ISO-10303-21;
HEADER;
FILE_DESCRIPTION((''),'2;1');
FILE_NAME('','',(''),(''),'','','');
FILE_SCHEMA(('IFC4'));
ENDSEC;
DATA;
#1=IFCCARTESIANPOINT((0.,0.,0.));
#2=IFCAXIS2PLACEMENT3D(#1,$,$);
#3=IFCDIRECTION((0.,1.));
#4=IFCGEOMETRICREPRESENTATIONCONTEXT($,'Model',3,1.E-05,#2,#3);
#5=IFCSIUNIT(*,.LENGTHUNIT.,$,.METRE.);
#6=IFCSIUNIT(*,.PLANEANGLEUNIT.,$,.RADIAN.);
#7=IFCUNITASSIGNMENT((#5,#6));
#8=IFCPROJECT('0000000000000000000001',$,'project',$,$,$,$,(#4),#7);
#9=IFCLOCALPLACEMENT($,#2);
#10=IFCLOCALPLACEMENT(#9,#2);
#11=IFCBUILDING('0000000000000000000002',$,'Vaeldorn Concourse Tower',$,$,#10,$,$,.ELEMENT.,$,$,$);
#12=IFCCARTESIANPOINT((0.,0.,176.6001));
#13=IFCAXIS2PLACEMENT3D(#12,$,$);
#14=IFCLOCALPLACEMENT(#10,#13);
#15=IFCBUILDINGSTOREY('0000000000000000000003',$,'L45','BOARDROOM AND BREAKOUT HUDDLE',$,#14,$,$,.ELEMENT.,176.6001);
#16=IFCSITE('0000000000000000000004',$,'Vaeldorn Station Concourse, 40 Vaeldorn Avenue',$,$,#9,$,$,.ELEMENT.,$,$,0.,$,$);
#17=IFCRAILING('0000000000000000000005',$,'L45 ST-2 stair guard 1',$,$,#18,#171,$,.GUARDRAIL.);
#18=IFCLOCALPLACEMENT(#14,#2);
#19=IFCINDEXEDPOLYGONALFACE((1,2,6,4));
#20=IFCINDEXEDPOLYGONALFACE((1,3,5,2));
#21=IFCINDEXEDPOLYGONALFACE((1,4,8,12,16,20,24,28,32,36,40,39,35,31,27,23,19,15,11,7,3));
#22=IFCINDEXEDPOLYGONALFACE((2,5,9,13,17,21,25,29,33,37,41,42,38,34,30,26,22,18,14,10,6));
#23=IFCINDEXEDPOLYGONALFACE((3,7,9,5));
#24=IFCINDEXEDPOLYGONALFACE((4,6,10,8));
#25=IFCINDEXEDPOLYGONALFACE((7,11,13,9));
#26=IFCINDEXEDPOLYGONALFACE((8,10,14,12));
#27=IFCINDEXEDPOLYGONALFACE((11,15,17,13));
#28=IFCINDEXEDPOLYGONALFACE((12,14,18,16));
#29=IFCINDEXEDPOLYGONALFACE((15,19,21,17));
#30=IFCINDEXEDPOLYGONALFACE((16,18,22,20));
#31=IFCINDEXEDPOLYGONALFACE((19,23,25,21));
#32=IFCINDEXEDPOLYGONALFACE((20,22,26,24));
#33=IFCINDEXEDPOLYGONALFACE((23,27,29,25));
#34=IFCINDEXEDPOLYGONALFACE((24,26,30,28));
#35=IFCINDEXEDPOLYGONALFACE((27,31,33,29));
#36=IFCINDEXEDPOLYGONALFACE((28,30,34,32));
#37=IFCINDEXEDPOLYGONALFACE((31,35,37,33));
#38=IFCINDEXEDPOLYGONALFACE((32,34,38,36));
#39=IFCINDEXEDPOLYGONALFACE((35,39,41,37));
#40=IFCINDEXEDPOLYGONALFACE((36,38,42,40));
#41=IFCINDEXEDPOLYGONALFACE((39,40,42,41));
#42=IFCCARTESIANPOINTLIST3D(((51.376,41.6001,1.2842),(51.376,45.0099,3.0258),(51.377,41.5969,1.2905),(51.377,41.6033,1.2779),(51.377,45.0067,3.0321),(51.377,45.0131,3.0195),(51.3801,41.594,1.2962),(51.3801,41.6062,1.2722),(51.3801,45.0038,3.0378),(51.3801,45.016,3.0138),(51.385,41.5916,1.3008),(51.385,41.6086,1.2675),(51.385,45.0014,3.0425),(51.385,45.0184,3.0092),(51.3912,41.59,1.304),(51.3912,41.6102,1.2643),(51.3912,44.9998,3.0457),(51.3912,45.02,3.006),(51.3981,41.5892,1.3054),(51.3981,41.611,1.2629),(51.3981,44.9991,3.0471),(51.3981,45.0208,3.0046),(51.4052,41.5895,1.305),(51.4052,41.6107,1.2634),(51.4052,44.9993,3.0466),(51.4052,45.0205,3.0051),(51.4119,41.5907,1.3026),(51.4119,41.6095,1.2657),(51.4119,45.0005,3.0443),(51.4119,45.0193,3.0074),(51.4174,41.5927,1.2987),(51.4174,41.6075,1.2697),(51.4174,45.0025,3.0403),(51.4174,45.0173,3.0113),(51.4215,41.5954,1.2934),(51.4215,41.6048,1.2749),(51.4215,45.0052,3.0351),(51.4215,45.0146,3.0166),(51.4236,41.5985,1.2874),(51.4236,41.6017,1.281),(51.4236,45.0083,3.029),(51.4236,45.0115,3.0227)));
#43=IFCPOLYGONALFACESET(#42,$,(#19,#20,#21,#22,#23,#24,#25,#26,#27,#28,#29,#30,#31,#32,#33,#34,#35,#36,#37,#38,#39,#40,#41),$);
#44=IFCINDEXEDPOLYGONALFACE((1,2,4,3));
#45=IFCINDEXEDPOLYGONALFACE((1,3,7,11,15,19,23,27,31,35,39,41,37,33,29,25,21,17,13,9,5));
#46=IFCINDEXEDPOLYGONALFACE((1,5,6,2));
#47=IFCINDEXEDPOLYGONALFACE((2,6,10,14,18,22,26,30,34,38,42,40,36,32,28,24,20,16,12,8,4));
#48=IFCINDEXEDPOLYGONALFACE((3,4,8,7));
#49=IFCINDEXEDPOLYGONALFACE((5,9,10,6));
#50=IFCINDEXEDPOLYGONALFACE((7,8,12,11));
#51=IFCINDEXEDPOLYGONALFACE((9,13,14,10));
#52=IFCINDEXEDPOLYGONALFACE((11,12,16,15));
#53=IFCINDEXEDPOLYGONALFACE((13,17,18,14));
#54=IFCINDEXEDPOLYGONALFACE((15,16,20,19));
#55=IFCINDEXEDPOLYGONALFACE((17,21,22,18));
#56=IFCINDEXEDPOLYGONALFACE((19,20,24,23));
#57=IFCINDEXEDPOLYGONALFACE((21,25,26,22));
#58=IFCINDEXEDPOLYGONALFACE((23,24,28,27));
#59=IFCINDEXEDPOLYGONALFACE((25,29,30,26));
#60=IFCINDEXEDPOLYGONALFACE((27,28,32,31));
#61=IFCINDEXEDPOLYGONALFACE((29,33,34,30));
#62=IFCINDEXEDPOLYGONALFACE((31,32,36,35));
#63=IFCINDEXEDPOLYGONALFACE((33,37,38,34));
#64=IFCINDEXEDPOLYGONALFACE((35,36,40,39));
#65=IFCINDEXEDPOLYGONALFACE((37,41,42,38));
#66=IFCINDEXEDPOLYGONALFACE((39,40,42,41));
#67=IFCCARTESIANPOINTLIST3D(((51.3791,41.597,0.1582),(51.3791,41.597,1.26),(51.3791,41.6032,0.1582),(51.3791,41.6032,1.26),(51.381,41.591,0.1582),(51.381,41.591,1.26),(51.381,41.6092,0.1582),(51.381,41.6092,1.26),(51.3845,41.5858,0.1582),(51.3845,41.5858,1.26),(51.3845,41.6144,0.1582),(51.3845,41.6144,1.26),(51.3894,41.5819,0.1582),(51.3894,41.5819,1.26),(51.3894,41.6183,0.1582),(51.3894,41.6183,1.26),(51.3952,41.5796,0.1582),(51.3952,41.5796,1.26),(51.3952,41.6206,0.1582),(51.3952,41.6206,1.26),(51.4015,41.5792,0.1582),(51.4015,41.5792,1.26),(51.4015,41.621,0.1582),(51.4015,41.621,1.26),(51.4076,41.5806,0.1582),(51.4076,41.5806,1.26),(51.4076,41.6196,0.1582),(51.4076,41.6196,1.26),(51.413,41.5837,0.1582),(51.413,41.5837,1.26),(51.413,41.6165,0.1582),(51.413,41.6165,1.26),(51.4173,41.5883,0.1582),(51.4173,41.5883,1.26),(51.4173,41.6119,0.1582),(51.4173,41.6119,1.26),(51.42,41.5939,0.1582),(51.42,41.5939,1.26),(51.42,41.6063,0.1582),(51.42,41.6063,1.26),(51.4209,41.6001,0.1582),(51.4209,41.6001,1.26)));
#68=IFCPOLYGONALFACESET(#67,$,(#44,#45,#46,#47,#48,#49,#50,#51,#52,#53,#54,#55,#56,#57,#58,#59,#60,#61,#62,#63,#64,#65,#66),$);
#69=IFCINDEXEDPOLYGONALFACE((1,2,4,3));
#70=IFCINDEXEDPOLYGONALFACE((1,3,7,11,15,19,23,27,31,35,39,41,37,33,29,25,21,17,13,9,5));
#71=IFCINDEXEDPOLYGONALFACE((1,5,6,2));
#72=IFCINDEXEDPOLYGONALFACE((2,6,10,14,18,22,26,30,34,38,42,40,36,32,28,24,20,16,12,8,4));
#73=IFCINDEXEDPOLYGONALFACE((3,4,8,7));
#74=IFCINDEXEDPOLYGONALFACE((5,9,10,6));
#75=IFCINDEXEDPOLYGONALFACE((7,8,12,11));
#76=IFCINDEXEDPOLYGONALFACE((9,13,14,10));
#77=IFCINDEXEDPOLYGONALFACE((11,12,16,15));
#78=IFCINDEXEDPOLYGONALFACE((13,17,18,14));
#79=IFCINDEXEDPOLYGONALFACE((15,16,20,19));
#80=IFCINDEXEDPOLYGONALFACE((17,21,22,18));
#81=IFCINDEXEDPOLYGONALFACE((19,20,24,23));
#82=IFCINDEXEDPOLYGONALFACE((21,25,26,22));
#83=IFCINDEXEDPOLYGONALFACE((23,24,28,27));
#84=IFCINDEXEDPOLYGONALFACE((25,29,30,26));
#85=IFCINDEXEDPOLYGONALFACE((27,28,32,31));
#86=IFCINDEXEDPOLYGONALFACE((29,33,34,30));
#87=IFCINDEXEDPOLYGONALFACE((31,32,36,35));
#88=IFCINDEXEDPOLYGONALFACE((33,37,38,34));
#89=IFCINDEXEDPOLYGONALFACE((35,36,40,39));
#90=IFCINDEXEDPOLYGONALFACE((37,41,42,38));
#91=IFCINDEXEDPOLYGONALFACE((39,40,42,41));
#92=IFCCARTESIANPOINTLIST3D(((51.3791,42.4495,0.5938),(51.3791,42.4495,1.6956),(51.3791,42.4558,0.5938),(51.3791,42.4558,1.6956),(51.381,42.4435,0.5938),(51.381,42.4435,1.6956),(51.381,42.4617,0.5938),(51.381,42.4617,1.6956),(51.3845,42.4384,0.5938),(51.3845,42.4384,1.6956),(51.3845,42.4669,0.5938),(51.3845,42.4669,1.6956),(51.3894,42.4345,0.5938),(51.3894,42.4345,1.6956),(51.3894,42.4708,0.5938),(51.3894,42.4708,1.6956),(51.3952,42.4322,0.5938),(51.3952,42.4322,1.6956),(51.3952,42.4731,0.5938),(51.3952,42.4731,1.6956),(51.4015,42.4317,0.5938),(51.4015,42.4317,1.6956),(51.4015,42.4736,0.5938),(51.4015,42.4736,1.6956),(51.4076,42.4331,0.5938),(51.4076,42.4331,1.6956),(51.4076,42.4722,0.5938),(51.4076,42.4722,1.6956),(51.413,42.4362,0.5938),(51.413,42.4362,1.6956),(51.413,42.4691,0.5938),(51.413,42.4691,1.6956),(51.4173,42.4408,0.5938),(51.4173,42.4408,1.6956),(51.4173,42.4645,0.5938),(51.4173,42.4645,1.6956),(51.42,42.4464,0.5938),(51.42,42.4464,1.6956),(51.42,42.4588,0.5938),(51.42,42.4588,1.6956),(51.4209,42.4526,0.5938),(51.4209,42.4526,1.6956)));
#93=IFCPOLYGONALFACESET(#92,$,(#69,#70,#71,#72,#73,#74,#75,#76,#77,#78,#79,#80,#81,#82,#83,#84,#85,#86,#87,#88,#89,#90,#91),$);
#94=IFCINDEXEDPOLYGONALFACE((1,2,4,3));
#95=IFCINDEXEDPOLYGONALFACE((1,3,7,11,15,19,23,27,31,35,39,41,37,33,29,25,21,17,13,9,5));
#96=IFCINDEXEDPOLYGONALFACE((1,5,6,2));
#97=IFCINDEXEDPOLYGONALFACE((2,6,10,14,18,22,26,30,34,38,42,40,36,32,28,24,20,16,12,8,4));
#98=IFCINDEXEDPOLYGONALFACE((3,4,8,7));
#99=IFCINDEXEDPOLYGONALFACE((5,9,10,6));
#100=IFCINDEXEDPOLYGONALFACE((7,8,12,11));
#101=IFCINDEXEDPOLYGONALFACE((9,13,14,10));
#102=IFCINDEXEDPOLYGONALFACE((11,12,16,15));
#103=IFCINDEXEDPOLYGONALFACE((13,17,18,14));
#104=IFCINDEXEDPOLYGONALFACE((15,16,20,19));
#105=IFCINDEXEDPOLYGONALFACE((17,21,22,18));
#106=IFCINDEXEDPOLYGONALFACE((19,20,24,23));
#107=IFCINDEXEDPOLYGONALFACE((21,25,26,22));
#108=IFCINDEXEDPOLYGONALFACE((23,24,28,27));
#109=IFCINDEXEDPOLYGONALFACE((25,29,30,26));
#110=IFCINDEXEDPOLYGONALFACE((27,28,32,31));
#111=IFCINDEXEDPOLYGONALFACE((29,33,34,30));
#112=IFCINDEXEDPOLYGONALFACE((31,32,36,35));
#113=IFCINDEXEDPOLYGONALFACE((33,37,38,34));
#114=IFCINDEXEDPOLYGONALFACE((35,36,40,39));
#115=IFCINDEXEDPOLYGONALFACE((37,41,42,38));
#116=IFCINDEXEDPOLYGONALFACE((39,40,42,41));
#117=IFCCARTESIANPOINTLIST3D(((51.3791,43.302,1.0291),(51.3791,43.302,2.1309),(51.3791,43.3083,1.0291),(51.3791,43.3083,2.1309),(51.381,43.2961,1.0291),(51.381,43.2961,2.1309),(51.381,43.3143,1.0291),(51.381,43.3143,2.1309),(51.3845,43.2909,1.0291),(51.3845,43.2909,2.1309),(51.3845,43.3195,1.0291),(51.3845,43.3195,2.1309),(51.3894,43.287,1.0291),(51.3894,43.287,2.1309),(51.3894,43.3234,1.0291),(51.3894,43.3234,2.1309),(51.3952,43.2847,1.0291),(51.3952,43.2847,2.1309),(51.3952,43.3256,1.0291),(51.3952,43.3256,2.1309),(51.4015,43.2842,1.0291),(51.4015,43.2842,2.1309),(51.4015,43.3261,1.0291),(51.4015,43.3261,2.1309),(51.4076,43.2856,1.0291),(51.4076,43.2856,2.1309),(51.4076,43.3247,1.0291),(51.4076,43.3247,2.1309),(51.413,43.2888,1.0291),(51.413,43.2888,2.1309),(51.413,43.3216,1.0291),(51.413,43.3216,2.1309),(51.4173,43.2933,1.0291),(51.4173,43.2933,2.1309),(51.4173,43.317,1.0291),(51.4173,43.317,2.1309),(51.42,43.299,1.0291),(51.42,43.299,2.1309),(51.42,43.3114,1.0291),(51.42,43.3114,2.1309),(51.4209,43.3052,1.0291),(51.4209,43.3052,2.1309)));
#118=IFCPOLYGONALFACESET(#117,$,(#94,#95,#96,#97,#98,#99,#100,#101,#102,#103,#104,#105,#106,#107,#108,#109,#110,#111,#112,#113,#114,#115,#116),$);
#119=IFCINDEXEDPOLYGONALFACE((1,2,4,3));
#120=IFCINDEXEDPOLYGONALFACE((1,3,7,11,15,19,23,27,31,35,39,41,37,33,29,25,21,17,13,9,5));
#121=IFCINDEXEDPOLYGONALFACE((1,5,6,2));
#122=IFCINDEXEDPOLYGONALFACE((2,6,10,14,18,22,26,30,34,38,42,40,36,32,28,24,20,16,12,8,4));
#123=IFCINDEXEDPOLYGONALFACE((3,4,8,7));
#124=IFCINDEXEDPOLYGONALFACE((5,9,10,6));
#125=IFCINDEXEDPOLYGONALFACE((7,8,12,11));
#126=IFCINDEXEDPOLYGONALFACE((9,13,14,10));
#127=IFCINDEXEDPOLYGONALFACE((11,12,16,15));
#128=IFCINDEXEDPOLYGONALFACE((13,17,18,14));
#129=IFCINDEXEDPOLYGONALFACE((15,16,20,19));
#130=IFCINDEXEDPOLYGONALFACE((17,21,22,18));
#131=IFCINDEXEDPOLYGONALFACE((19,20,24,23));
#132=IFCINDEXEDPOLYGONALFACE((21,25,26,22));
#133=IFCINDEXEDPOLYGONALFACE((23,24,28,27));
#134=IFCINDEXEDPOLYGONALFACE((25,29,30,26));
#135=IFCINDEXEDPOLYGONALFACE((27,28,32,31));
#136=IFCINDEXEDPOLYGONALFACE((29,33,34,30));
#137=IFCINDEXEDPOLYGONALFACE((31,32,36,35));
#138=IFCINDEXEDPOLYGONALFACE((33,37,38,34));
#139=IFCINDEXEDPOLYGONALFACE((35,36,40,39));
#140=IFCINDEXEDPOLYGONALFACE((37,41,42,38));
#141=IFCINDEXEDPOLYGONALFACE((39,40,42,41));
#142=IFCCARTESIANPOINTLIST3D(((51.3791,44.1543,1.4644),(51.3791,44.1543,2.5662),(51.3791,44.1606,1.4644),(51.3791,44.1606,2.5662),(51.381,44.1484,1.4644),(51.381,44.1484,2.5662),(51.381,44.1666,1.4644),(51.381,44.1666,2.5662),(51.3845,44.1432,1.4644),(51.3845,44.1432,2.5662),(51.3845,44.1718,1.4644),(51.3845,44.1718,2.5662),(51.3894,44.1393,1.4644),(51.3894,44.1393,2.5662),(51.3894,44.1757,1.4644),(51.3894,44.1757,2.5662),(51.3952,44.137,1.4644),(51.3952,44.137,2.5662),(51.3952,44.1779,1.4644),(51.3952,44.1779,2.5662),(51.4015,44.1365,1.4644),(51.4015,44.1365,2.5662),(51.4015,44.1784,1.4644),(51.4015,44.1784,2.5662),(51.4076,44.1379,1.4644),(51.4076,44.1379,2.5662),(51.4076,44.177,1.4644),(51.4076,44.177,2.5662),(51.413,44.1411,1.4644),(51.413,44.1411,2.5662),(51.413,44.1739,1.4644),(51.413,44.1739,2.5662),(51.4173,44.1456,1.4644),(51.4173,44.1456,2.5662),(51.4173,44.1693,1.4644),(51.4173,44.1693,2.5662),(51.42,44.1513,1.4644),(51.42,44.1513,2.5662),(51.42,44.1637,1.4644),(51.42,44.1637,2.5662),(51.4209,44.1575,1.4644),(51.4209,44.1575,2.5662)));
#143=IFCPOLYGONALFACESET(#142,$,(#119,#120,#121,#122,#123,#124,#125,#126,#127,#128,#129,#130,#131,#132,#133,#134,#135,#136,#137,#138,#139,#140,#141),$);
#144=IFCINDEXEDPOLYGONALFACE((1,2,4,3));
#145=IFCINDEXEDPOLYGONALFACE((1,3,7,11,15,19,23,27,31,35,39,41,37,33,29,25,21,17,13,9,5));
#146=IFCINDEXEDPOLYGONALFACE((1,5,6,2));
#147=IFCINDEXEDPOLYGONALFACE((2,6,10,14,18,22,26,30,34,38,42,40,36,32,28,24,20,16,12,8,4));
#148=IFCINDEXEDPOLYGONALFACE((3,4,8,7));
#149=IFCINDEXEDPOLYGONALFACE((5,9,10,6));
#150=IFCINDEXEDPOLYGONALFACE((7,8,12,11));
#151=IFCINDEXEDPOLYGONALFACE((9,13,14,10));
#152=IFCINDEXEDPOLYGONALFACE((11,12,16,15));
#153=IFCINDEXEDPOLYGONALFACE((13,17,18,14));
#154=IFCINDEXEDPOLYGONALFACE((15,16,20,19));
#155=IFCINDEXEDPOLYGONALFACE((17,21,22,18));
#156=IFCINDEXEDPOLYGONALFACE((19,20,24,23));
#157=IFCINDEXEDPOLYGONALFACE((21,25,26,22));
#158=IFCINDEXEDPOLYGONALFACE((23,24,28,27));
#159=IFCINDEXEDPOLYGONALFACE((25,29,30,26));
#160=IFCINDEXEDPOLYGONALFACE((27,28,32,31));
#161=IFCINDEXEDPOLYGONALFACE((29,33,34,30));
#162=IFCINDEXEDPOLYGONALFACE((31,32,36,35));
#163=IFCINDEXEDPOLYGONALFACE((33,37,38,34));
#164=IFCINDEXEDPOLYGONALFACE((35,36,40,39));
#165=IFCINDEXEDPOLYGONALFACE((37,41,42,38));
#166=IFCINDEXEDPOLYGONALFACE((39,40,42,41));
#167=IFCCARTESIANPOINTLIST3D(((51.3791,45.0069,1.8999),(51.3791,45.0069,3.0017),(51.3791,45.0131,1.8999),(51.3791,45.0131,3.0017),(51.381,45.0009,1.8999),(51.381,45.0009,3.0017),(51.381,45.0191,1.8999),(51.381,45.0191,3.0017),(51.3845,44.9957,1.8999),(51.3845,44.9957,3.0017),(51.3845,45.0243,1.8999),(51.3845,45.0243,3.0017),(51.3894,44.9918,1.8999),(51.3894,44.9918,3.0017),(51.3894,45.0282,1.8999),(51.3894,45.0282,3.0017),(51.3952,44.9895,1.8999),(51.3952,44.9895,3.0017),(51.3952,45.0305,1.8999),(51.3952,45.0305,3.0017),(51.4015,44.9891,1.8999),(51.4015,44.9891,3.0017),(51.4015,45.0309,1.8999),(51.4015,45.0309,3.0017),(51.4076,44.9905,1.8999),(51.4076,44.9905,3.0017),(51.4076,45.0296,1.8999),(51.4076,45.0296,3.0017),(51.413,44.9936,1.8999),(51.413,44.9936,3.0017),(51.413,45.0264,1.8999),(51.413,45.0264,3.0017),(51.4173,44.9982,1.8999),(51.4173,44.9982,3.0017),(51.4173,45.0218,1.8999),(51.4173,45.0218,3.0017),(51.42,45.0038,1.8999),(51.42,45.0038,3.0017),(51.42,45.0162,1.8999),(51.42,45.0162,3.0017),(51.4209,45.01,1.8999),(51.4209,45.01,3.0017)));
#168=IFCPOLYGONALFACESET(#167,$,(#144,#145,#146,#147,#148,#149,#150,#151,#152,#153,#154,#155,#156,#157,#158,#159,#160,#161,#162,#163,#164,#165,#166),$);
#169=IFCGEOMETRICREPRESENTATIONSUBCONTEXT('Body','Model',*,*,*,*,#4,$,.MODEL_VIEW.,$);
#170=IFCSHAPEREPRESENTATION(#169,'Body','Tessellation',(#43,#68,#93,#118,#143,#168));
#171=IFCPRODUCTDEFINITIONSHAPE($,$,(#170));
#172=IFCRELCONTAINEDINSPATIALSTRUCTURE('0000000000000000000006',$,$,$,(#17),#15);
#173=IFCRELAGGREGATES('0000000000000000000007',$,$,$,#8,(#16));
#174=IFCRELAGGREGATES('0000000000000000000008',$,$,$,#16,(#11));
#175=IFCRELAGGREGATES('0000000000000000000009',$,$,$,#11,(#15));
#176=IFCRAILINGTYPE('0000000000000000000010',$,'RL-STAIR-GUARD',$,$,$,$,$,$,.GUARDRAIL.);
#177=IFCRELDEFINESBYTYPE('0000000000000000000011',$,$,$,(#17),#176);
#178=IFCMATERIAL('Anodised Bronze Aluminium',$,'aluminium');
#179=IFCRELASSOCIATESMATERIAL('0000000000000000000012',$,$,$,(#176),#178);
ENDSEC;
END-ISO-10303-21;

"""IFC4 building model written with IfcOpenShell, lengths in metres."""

from ifc_helpers import new_model, si_unit, direction, frame, origin, origin_2d, place, context, subcontext, project, spatial, circle, extrude, material, type_object, element, save


model = new_model("IFC4")

# Units and contexts
model_context = context("Model", 3, precision=1e-05, world=origin(), true_north=direction((0.0, 1.0)))
body_context = subcontext(model_context, "Body", "Model", "MODEL_VIEW")
ifc_project = project(units=[si_unit("LENGTHUNIT", "METRE"), si_unit("PLANEANGLEUNIT", "RADIAN")], contexts=[model_context])

# Site, building, storey
site_placement = place(None, origin())
site = spatial("IfcSite", under=ifc_project, at=site_placement, Name="Vaeldorn Station Concourse, 40 Vaeldorn Avenue", CompositionType="ELEMENT", RefElevation=0.0)
building_placement = place(site_placement, origin())
building = spatial("IfcBuilding", under=site, at=building_placement, Name="Vaeldorn Concourse Tower", CompositionType="ELEMENT")
storey_placement = place(building_placement, frame((0.0, 0.0, 176.6001)))
storey = spatial("IfcBuildingStorey", under=building, at=storey_placement, Name="L45", Description="BOARDROOM AND BREAKOUT HUDDLE", CompositionType="ELEMENT", Elevation=176.6001)

# Shared definitions
ifc_material_1 = material(Name="Anodised Bronze Aluminium", Category="aluminium")

# Railing
railing_type_1 = type_object("IfcRailingType", Name="RL-STAIR-GUARD", PredefinedType="GUARDRAIL", material=ifc_material_1)
railing_1_placement = place(storey_placement, frame((51.3999, 41.6001, 0.1582)))
element("IfcRailing", 1, at=railing_1_placement, inside=storey, type_object=railing_type_1, Name="L45 ST-2 stair guard 1", PredefinedType="GUARDRAIL", context=body_context, shape_type="SweptSolid", body=[
    extrude(circle(Radius=0.0239, at=origin_2d()), frame((0.0, 0.0, 1.126), z_axis=(0.0, 0.890556, 0.454874), x_axis=(-1.0, 0.0, 0.0)), (0.0, 0.0, 1.0), 3.8289),
    extrude(circle(Radius=0.021, at=origin_2d()), origin(), (0.0, 0.0, 1.0), 1.1018),
    extrude(circle(Radius=0.021, at=origin_2d()), frame((0.0, 0.8525, 0.4355)), (0.0, 0.0, 1.0), 1.1018),
    extrude(circle(Radius=0.021, at=origin_2d()), frame((0.0, 1.7051, 0.8708)), (0.0, 0.0, 1.0), 1.1018),
    extrude(circle(Radius=0.021, at=origin_2d()), frame((0.0, 2.5574, 1.3062)), (0.0, 0.0, 1.0), 1.1018),
    extrude(circle(Radius=0.021, at=origin_2d()), frame((0.0, 3.4099, 1.7417)), (0.0, 0.0, 1.0), 1.1018),
])

save(model, "model.ifc")
